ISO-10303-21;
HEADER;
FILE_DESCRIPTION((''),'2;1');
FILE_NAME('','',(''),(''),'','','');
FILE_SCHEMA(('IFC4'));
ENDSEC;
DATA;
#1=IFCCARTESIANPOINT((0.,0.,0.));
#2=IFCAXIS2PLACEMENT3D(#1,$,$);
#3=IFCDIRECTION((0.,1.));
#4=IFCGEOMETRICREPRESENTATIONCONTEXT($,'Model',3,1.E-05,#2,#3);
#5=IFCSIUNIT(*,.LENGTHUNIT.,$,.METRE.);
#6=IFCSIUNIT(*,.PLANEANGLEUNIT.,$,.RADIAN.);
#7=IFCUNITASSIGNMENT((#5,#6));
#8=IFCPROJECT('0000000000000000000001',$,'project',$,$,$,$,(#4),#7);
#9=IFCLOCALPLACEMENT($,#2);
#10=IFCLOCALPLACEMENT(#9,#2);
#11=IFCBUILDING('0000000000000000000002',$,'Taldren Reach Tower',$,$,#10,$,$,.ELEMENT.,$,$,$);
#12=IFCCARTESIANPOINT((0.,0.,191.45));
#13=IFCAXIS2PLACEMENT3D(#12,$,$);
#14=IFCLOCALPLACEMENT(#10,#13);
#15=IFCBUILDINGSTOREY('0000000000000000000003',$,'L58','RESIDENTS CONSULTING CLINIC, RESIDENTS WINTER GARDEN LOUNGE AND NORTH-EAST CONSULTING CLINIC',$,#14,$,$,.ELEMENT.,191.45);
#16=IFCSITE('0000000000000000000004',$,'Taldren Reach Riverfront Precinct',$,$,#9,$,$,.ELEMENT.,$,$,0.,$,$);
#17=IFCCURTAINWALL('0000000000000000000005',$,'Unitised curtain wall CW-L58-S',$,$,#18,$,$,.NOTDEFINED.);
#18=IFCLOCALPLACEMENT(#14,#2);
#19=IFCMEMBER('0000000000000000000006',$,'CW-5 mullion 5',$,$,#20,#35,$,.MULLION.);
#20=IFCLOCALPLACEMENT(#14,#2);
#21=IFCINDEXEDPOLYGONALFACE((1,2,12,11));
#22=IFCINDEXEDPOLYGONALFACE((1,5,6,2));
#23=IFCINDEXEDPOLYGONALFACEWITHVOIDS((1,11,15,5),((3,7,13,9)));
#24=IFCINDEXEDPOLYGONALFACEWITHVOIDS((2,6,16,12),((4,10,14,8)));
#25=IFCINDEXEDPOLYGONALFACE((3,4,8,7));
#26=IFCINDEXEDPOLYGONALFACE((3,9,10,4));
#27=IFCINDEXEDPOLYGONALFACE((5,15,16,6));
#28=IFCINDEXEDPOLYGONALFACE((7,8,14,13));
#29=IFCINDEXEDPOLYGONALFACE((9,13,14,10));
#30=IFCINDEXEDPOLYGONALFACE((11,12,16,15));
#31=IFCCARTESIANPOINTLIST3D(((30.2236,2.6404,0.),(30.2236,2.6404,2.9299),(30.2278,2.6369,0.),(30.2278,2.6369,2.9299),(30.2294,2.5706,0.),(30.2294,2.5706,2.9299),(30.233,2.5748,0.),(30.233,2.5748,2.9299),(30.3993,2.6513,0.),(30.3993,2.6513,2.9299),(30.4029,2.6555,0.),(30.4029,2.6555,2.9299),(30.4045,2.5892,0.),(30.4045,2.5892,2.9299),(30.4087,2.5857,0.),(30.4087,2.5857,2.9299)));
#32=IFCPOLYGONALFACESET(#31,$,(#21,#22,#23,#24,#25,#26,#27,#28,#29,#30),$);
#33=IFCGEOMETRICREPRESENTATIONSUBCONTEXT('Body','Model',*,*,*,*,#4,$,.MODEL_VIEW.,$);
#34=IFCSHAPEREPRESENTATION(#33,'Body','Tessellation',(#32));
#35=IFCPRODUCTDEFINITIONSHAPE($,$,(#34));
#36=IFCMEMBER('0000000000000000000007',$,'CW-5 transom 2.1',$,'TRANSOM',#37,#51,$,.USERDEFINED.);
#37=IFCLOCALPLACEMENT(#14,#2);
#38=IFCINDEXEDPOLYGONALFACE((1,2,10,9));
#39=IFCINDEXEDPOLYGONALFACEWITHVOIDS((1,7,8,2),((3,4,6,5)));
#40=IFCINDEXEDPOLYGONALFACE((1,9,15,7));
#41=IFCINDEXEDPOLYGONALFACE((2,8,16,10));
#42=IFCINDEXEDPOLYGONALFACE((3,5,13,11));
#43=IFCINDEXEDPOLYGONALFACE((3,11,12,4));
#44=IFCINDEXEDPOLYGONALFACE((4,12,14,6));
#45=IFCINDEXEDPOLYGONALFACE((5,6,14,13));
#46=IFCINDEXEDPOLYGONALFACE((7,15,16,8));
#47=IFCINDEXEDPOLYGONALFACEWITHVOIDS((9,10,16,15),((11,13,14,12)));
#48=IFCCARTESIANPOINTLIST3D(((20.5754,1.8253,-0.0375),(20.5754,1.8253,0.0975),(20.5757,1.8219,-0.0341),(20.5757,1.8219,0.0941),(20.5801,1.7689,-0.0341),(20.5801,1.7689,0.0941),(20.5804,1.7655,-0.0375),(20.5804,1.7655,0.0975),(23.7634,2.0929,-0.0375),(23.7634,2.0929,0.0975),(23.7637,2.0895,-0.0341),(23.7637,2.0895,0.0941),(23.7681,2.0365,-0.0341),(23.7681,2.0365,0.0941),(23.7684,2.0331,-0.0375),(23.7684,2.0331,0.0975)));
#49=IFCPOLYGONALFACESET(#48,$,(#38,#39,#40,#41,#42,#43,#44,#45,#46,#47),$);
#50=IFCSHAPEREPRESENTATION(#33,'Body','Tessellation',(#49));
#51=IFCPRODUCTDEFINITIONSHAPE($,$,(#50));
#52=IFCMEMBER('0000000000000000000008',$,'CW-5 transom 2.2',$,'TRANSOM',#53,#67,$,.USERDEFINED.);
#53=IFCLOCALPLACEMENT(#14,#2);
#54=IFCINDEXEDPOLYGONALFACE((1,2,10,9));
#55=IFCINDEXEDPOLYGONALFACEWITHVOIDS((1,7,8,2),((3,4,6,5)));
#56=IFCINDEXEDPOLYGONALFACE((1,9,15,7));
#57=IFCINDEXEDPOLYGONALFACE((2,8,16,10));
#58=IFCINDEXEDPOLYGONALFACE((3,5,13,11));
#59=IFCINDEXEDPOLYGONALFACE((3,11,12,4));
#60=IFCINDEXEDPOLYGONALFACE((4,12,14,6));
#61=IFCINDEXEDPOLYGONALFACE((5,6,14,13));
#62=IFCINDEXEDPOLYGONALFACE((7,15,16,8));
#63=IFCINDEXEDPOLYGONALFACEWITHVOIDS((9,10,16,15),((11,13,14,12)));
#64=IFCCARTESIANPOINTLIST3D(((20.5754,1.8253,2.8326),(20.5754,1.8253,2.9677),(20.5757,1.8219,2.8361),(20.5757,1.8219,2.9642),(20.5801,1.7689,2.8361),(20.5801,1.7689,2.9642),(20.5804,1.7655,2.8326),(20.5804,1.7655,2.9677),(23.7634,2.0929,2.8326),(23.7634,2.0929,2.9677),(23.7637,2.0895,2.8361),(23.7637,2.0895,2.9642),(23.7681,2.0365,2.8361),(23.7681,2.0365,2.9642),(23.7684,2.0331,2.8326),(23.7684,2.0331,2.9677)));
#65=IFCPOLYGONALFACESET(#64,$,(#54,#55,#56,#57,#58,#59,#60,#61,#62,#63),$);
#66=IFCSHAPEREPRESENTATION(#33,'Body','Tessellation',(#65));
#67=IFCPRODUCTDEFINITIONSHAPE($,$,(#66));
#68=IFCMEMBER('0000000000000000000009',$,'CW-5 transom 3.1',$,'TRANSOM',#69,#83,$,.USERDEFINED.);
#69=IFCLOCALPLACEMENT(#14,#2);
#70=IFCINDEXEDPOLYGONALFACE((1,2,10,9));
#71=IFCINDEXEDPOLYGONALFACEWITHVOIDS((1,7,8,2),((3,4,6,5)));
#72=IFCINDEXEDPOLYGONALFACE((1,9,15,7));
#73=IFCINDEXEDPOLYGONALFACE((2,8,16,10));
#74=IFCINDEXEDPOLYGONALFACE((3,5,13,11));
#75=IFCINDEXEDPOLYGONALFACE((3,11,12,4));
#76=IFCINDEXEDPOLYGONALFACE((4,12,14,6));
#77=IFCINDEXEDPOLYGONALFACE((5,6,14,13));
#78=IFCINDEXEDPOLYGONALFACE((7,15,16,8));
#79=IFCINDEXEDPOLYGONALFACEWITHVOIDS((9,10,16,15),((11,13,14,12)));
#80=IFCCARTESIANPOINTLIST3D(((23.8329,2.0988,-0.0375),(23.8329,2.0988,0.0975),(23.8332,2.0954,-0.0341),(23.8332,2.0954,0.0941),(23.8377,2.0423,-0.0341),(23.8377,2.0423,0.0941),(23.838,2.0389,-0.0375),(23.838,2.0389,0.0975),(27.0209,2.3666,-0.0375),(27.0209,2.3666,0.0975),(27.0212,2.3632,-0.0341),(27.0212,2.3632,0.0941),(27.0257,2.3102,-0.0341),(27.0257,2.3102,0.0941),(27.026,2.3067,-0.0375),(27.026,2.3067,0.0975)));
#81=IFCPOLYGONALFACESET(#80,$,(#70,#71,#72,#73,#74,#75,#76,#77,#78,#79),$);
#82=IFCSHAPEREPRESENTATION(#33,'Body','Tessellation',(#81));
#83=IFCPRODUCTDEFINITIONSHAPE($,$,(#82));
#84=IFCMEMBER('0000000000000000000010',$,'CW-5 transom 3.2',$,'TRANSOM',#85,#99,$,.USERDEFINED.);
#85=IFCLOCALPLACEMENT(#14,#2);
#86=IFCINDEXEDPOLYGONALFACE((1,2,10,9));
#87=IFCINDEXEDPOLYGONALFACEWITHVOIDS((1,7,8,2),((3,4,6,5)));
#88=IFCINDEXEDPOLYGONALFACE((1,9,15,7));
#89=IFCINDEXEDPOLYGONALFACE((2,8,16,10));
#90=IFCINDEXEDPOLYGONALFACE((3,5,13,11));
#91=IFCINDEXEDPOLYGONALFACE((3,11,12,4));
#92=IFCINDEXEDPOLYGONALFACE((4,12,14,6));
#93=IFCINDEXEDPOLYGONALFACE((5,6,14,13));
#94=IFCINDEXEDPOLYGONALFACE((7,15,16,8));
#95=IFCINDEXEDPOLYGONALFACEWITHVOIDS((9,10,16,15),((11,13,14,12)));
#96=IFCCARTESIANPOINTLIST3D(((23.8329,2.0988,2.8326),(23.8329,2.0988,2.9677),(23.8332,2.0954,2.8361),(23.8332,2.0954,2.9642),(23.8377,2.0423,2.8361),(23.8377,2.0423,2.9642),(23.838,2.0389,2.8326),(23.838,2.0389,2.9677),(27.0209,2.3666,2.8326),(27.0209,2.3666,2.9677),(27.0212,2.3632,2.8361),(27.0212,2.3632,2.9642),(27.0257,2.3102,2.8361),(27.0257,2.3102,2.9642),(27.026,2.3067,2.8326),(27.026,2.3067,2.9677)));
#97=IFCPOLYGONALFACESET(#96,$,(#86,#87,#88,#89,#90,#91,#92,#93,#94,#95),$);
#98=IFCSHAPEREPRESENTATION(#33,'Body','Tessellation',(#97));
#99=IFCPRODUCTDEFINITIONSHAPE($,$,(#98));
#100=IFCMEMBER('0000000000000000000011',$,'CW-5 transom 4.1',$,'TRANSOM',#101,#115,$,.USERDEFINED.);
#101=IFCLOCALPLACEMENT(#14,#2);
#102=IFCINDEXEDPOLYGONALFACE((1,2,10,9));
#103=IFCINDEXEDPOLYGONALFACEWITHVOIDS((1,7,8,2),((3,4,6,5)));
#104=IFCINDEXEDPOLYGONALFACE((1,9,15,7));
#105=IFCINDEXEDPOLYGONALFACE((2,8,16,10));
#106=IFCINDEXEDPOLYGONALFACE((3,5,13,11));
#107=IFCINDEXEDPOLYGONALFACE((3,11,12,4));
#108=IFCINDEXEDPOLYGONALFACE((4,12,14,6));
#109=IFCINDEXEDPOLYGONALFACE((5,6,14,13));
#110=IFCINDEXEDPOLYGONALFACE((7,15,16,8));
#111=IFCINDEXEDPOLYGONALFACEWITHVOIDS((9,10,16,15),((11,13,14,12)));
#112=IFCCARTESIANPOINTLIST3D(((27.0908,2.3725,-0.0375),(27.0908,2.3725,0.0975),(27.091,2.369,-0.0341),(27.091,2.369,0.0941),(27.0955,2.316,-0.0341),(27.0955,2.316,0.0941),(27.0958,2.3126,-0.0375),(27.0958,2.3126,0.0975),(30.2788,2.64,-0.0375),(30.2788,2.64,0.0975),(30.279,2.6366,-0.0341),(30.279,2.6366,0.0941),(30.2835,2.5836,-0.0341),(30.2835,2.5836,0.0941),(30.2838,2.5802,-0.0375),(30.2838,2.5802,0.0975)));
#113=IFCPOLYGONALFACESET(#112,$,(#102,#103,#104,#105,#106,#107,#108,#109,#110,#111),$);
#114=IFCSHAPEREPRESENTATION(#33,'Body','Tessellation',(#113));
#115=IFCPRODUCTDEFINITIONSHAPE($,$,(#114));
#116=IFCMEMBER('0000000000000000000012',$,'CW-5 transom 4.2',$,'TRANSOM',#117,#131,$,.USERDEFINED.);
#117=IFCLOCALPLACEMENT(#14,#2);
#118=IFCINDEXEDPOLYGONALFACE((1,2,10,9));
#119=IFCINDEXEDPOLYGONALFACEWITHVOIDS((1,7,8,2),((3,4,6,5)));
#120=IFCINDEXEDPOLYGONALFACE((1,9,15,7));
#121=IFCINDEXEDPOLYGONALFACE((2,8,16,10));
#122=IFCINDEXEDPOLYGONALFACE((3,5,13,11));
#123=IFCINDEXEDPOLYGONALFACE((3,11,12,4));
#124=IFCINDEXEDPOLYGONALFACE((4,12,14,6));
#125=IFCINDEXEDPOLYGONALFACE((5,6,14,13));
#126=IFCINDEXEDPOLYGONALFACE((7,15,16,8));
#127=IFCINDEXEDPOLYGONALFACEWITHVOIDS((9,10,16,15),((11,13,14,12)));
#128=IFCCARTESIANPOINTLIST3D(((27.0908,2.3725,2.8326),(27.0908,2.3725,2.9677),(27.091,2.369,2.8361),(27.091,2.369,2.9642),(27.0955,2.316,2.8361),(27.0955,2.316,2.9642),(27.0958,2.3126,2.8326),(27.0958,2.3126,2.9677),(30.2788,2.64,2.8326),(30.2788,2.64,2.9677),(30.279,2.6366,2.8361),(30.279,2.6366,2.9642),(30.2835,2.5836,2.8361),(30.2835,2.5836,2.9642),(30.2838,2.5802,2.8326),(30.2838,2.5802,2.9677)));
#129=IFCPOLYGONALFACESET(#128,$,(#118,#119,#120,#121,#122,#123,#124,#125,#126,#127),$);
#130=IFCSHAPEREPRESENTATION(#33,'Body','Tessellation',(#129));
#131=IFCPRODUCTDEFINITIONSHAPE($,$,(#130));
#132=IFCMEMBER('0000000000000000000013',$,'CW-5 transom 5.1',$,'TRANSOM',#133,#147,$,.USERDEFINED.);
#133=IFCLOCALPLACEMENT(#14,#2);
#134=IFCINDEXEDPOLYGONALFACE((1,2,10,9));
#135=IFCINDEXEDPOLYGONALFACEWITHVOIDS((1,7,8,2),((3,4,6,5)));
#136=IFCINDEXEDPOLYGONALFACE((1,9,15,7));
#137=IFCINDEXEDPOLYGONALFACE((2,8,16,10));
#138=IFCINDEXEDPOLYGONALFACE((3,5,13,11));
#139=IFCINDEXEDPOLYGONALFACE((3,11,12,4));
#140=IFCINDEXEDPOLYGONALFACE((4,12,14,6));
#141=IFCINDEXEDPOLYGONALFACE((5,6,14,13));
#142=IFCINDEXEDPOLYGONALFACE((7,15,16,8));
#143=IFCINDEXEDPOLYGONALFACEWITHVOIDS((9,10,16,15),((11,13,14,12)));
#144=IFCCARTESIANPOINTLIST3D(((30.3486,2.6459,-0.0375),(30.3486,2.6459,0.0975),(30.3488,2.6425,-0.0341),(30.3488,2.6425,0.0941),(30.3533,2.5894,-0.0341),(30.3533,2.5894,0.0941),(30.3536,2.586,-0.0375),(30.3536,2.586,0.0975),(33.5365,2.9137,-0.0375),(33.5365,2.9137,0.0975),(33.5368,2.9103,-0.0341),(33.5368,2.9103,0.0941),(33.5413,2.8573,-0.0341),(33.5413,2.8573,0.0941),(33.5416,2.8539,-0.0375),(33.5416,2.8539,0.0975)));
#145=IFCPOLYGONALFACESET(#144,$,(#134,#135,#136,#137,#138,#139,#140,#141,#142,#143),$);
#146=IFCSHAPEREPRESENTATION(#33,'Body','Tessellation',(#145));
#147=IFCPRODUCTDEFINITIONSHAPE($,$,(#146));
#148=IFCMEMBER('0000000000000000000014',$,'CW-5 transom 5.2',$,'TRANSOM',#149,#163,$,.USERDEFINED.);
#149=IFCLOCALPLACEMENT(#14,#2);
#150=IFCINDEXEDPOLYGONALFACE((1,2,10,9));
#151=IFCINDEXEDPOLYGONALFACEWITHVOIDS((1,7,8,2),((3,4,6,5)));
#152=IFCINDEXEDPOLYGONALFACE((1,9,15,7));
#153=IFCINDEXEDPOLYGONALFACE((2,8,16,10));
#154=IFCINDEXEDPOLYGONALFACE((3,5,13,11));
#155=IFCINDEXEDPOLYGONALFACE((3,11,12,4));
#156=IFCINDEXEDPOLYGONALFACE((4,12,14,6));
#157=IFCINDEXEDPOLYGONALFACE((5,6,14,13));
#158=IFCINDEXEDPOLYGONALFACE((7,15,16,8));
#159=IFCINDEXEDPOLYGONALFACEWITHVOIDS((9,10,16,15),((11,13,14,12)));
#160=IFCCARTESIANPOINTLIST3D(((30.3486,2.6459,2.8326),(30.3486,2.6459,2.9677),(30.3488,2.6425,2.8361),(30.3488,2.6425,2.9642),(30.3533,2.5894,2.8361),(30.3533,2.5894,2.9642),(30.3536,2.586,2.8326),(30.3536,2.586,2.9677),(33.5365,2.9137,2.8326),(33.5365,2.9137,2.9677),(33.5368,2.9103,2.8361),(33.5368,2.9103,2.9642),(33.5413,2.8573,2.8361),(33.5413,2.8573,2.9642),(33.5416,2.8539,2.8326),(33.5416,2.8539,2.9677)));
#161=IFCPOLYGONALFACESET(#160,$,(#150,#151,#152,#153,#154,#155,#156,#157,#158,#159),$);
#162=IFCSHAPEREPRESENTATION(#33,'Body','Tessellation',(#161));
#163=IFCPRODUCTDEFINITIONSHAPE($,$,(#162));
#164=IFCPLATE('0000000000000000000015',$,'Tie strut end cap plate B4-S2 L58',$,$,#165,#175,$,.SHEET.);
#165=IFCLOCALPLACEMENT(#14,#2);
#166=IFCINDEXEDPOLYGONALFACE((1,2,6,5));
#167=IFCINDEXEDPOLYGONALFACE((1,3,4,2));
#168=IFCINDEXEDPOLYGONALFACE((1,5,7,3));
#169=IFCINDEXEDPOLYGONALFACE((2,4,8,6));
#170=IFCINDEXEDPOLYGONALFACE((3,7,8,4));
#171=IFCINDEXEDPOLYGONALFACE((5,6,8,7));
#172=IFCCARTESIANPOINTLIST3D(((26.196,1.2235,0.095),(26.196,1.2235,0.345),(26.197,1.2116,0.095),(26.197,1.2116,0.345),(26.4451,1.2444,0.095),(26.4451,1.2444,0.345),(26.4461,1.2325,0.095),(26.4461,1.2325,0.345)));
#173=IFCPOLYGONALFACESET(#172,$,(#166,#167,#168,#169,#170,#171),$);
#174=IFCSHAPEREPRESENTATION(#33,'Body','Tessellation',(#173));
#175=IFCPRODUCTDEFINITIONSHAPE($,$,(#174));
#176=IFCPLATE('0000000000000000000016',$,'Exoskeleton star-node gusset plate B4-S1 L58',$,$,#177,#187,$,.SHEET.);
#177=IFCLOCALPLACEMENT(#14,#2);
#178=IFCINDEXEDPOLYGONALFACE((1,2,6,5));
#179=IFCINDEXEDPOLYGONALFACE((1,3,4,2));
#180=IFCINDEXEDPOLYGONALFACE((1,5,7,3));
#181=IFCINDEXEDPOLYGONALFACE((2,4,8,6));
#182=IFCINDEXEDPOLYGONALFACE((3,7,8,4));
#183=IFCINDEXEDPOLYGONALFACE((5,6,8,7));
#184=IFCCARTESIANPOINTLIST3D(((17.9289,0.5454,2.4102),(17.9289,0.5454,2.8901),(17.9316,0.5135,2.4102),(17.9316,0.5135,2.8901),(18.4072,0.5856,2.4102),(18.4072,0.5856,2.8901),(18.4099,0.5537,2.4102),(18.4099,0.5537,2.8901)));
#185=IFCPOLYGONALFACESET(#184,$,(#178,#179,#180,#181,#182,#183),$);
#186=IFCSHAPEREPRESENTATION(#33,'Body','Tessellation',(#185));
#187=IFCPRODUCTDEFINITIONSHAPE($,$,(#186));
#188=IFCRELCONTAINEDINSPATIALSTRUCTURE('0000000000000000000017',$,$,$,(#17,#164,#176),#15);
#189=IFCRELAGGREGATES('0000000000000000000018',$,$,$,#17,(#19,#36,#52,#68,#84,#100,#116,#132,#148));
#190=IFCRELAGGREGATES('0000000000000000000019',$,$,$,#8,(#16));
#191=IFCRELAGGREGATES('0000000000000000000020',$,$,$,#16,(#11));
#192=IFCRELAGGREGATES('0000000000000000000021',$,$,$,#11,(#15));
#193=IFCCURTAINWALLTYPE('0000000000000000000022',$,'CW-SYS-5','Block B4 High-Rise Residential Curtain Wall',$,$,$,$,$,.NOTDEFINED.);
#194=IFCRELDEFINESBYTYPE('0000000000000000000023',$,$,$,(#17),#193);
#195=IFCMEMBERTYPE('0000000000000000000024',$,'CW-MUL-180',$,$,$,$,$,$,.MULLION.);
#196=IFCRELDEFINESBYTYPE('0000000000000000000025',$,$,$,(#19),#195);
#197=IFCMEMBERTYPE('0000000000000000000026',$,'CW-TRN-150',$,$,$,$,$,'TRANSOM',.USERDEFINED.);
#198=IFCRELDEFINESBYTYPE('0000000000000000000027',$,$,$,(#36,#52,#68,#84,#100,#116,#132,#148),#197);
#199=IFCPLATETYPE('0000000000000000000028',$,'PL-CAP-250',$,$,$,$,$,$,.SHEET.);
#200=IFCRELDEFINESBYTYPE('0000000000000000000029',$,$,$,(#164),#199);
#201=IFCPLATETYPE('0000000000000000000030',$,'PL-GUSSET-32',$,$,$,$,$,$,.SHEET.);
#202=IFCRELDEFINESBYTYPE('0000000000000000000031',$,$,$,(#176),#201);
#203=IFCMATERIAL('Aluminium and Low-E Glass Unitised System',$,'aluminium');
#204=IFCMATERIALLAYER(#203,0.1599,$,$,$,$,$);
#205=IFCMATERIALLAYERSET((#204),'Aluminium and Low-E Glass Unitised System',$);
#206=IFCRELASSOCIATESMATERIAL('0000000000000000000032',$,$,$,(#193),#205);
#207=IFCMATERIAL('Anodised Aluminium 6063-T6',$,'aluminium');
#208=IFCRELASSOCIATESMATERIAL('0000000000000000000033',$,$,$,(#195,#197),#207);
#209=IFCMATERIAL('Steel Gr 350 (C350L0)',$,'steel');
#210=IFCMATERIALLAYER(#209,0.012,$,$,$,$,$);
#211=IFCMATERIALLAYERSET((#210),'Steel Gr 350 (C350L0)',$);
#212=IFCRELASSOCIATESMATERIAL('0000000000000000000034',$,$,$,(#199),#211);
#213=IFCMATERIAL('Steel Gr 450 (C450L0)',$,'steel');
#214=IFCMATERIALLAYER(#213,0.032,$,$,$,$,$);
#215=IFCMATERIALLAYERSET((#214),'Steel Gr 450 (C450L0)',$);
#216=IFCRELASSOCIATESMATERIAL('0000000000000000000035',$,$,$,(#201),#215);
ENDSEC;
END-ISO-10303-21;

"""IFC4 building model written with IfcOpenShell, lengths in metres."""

from ifc_helpers import new_model, si_unit, direction, frame, origin, origin_2d, place, context, subcontext, project, spatial, rectangle, hollow_rectangle, extrude, source, transform, mapped, material, layer, layer_set, material_profile, profile_set, type_object, element, aggregate, save


model = new_model("IFC4")

# Units and contexts
model_context = context("Model", 3, precision=1e-05, world=origin(), true_north=direction((0.0, 1.0)))
body_context = subcontext(model_context, "Body", "Model", "MODEL_VIEW")
ifc_project = project(units=[si_unit("LENGTHUNIT", "METRE"), si_unit("PLANEANGLEUNIT", "RADIAN")], contexts=[model_context])

# Site, building, storey
site_placement = place(None, origin())
site = spatial("IfcSite", under=ifc_project, at=site_placement, Name="Taldren Reach Riverfront Precinct", CompositionType="ELEMENT", RefElevation=0.0)
building_placement = place(site_placement, origin())
building = spatial("IfcBuilding", under=site, at=building_placement, Name="Taldren Reach Tower", CompositionType="ELEMENT")
storey_placement = place(building_placement, frame((0.0, 0.0, 191.45)))
storey = spatial("IfcBuildingStorey", under=building, at=storey_placement, Name="L58", Description="RESIDENTS CONSULTING CLINIC, RESIDENTS WINTER GARDEN LOUNGE AND NORTH-EAST CONSULTING CLINIC", CompositionType="ELEMENT", Elevation=191.45)

# Shared definitions
ifc_material_1 = material(Name="Steel Gr 350 (C350L0)", Category="steel")
ifc_material_2 = material(Name="Steel Gr 450 (C450L0)", Category="steel")

# Curtain wall, members
ifc_material_3 = material(Name="Aluminium and Low-E Glass Unitised System", Category="aluminium")
ifc_layer_1 = layer(ifc_material_3, 0.1599)
ifc_layer_set_1 = layer_set([ifc_layer_1], Name="Aluminium and Low-E Glass Unitised System")
curtain_wall_type = type_object("IfcCurtainWallType", Name="CW-SYS-5", Description="Block B4 High-Rise Residential Curtain Wall", PredefinedType="NOTDEFINED", material=ifc_layer_set_1)
curtain_wall_placement = place(storey_placement, origin())
curtain_wall = element("IfcCurtainWall", 1, at=curtain_wall_placement, inside=storey, type_object=curtain_wall_type, Name="Unitised curtain wall CW-L58-S", PredefinedType="NOTDEFINED")
ifc_material_4 = material(Name="Anodised Aluminium 6063-T6", Category="aluminium")
ifc_material_profile_1 = material_profile(ifc_material_4, hollow_rectangle(XDim=0.0701, YDim=0.1799, WallThickness=0.0039, at=origin_2d()), Name="ALU-180x70x4RHS")
ifc_profile_set_1 = profile_set([ifc_material_profile_1], Name="Anodised Aluminium 6063-T6")
member_type_1 = type_object("IfcMemberType", Name="CW-MUL-180", PredefinedType="MULLION", material=ifc_profile_set_1)
shared_shape_1 = source(origin(), body_context, "Body", "SweptSolid", [
    extrude(hollow_rectangle(XDim=0.0701, YDim=0.1799, WallThickness=0.0039, at=origin_2d()), origin(), (0.0, 0.0, 1.0), 2.9299),
])
member_1_placement = place(storey_placement, frame((30.3162, 2.613, 0.0), z_axis=(0.0, 0.0, 1.0), x_axis=(-0.083678, 0.996493, 0.0)))
member_1 = element("IfcMember", 2, at=member_1_placement, type_object=member_type_1, Name="CW-5 mullion 5", PredefinedType="MULLION", context=body_context, shape_type="MappedRepresentation", body=[
    mapped(shared_shape_1, transform((0.0, 0.0, 0.0), scale=1.0)),
])
ifc_material_profile_2 = material_profile(ifc_material_4, hollow_rectangle(XDim=0.0601, YDim=0.135, WallThickness=0.0034, at=origin_2d()), Name="ALU-135x60x3.5RHS")
ifc_profile_set_2 = profile_set([ifc_material_profile_2], Name="Anodised Aluminium 6063-T6")
member_type_2 = type_object("IfcMemberType", Name="CW-TRN-150", ElementType="TRANSOM", PredefinedType="USERDEFINED", material=ifc_profile_set_2)
shared_shape_2 = source(origin(), body_context, "Body", "SweptSolid", [
    extrude(hollow_rectangle(XDim=0.0601, YDim=0.135, WallThickness=0.0034, at=origin_2d()), origin(), (0.0, 0.0, 1.0), 3.1992),
])
member_2_placement = place(storey_placement, frame((20.5779, 1.7954, 0.03), z_axis=(0.996496, 0.083639, 0.0), x_axis=(-0.083639, 0.996496, 0.0)))
member_2 = element("IfcMember", 3, at=member_2_placement, type_object=member_type_2, Name="CW-5 transom 2.1", ObjectType="TRANSOM", PredefinedType="USERDEFINED", context=body_context, shape_type="MappedRepresentation", body=[
    mapped(shared_shape_2, transform((0.0, 0.0, 0.0), scale=1.0)),
])
member_3_placement = place(storey_placement, frame((20.5779, 1.7954, 2.9001), z_axis=(0.996496, 0.083639, 0.0), x_axis=(-0.083639, 0.996496, 0.0)))
member_3 = element("IfcMember", 4, at=member_3_placement, type_object=member_type_2, Name="CW-5 transom 2.2", ObjectType="TRANSOM", PredefinedType="USERDEFINED", context=body_context, shape_type="MappedRepresentation", body=[
    mapped(shared_shape_2, transform((0.0, 0.0, 0.0), scale=1.0)),
])
member_4_placement = place(storey_placement, frame((23.8354, 2.0688, 0.03), z_axis=(0.99649, 0.083715, 0.0), x_axis=(-0.083715, 0.99649, 0.0)))
member_4 = element("IfcMember", 5, at=member_4_placement, type_object=member_type_2, Name="CW-5 transom 3.1", ObjectType="TRANSOM", PredefinedType="USERDEFINED", context=body_context, shape_type="MappedRepresentation", body=[
    mapped(shared_shape_2, transform((0.0, 0.0, 0.0), scale=1.0)),
])
member_5_placement = place(storey_placement, frame((23.8354, 2.0688, 2.9001), z_axis=(0.99649, 0.083715, 0.0), x_axis=(-0.083715, 0.99649, 0.0)))
member_5 = element("IfcMember", 6, at=member_5_placement, type_object=member_type_2, Name="CW-5 transom 3.2", ObjectType="TRANSOM", PredefinedType="USERDEFINED", context=body_context, shape_type="MappedRepresentation", body=[
    mapped(shared_shape_2, transform((0.0, 0.0, 0.0), scale=1.0)),
])
member_6_placement = place(storey_placement, frame((27.0933, 2.3425, 0.03), z_axis=(0.996496, 0.083639, 0.0), x_axis=(-0.083639, 0.996496, 0.0)))
member_6 = element("IfcMember", 7, at=member_6_placement, type_object=member_type_2, Name="CW-5 transom 4.1", ObjectType="TRANSOM", PredefinedType="USERDEFINED", context=body_context, shape_type="MappedRepresentation", body=[
    mapped(shared_shape_2, transform((0.0, 0.0, 0.0), scale=1.0)),
])
member_7_placement = place(storey_placement, frame((27.0933, 2.3425, 2.9001), z_axis=(0.996496, 0.083639, 0.0), x_axis=(-0.083639, 0.996496, 0.0)))
member_7 = element("IfcMember", 8, at=member_7_placement, type_object=member_type_2, Name="CW-5 transom 4.2", ObjectType="TRANSOM", PredefinedType="USERDEFINED", context=body_context, shape_type="MappedRepresentation", body=[
    mapped(shared_shape_2, transform((0.0, 0.0, 0.0), scale=1.0)),
])
member_8_placement = place(storey_placement, frame((30.3511, 2.616, 0.03), z_axis=(0.99649, 0.083715, 0.0), x_axis=(-0.083715, 0.99649, 0.0)))
member_8 = element("IfcMember", 9, at=member_8_placement, type_object=member_type_2, Name="CW-5 transom 5.1", ObjectType="TRANSOM", PredefinedType="USERDEFINED", context=body_context, shape_type="MappedRepresentation", body=[
    mapped(shared_shape_2, transform((0.0, 0.0, 0.0), scale=1.0)),
])
member_9_placement = place(storey_placement, frame((30.3511, 2.616, 2.9001), z_axis=(0.99649, 0.083715, 0.0), x_axis=(-0.083715, 0.99649, 0.0)))
member_9 = element("IfcMember", 10, at=member_9_placement, type_object=member_type_2, Name="CW-5 transom 5.2", ObjectType="TRANSOM", PredefinedType="USERDEFINED", context=body_context, shape_type="MappedRepresentation", body=[
    mapped(shared_shape_2, transform((0.0, 0.0, 0.0), scale=1.0)),
])

# Plates
ifc_layer_2 = layer(ifc_material_1, 0.012)
ifc_layer_set_2 = layer_set([ifc_layer_2], Name="Steel Gr 350 (C350L0)")
plate_type_1 = type_object("IfcPlateType", Name="PL-CAP-250", PredefinedType="SHEET", material=ifc_layer_set_2)
shared_shape_3 = source(origin(), body_context, "Body", "SweptSolid", [
    extrude(rectangle(XDim=0.25, YDim=0.012, at=origin_2d()), origin(), (0.0, 0.0, 1.0), 0.25),
])
plate_1_placement = place(storey_placement, frame((26.321, 1.228, 0.095), z_axis=(0.0, 0.0, 1.0), x_axis=(0.996493, 0.083678, 0.0)))
element("IfcPlate", 11, at=plate_1_placement, inside=storey, type_object=plate_type_1, Name="Tie strut end cap plate B4-S2 L58", PredefinedType="SHEET", context=body_context, shape_type="MappedRepresentation", body=[
    mapped(shared_shape_3, transform((0.0, 0.0, 0.0), scale=1.0)),
])
ifc_layer_3 = layer(ifc_material_2, 0.032)
ifc_layer_set_3 = layer_set([ifc_layer_3], Name="Steel Gr 450 (C450L0)")
plate_type_2 = type_object("IfcPlateType", Name="PL-GUSSET-32", PredefinedType="SHEET", material=ifc_layer_set_3)
shared_shape_4 = source(origin(), body_context, "Body", "SweptSolid", [
    extrude(rectangle(XDim=0.48, YDim=0.032, at=origin_2d()), origin(), (0.0, 0.0, 1.0), 0.48),
])
for number, where, z_axis, x_axis, name in (
    (12, (18.1694, 0.5496, 2.4102), (0.0, 0.0, 1.0), (0.996493, 0.083678, 0.0), "Exoskeleton star-node gusset plate B4-S1 L58"),
):
    element("IfcPlate", number, at=place(storey_placement, frame(where, z_axis=z_axis, x_axis=x_axis)), inside=storey, type_object=plate_type_2, Name=name, PredefinedType="SHEET", context=body_context, shape_type="MappedRepresentation", body=[
        mapped(shared_shape_4, transform((0.0, 0.0, 0.0), scale=1.0)),
    ])

aggregate(curtain_wall, [member_1, member_2, member_3, member_4, member_5, member_6, member_7, member_8, member_9])

save(model, "model.ifc")
